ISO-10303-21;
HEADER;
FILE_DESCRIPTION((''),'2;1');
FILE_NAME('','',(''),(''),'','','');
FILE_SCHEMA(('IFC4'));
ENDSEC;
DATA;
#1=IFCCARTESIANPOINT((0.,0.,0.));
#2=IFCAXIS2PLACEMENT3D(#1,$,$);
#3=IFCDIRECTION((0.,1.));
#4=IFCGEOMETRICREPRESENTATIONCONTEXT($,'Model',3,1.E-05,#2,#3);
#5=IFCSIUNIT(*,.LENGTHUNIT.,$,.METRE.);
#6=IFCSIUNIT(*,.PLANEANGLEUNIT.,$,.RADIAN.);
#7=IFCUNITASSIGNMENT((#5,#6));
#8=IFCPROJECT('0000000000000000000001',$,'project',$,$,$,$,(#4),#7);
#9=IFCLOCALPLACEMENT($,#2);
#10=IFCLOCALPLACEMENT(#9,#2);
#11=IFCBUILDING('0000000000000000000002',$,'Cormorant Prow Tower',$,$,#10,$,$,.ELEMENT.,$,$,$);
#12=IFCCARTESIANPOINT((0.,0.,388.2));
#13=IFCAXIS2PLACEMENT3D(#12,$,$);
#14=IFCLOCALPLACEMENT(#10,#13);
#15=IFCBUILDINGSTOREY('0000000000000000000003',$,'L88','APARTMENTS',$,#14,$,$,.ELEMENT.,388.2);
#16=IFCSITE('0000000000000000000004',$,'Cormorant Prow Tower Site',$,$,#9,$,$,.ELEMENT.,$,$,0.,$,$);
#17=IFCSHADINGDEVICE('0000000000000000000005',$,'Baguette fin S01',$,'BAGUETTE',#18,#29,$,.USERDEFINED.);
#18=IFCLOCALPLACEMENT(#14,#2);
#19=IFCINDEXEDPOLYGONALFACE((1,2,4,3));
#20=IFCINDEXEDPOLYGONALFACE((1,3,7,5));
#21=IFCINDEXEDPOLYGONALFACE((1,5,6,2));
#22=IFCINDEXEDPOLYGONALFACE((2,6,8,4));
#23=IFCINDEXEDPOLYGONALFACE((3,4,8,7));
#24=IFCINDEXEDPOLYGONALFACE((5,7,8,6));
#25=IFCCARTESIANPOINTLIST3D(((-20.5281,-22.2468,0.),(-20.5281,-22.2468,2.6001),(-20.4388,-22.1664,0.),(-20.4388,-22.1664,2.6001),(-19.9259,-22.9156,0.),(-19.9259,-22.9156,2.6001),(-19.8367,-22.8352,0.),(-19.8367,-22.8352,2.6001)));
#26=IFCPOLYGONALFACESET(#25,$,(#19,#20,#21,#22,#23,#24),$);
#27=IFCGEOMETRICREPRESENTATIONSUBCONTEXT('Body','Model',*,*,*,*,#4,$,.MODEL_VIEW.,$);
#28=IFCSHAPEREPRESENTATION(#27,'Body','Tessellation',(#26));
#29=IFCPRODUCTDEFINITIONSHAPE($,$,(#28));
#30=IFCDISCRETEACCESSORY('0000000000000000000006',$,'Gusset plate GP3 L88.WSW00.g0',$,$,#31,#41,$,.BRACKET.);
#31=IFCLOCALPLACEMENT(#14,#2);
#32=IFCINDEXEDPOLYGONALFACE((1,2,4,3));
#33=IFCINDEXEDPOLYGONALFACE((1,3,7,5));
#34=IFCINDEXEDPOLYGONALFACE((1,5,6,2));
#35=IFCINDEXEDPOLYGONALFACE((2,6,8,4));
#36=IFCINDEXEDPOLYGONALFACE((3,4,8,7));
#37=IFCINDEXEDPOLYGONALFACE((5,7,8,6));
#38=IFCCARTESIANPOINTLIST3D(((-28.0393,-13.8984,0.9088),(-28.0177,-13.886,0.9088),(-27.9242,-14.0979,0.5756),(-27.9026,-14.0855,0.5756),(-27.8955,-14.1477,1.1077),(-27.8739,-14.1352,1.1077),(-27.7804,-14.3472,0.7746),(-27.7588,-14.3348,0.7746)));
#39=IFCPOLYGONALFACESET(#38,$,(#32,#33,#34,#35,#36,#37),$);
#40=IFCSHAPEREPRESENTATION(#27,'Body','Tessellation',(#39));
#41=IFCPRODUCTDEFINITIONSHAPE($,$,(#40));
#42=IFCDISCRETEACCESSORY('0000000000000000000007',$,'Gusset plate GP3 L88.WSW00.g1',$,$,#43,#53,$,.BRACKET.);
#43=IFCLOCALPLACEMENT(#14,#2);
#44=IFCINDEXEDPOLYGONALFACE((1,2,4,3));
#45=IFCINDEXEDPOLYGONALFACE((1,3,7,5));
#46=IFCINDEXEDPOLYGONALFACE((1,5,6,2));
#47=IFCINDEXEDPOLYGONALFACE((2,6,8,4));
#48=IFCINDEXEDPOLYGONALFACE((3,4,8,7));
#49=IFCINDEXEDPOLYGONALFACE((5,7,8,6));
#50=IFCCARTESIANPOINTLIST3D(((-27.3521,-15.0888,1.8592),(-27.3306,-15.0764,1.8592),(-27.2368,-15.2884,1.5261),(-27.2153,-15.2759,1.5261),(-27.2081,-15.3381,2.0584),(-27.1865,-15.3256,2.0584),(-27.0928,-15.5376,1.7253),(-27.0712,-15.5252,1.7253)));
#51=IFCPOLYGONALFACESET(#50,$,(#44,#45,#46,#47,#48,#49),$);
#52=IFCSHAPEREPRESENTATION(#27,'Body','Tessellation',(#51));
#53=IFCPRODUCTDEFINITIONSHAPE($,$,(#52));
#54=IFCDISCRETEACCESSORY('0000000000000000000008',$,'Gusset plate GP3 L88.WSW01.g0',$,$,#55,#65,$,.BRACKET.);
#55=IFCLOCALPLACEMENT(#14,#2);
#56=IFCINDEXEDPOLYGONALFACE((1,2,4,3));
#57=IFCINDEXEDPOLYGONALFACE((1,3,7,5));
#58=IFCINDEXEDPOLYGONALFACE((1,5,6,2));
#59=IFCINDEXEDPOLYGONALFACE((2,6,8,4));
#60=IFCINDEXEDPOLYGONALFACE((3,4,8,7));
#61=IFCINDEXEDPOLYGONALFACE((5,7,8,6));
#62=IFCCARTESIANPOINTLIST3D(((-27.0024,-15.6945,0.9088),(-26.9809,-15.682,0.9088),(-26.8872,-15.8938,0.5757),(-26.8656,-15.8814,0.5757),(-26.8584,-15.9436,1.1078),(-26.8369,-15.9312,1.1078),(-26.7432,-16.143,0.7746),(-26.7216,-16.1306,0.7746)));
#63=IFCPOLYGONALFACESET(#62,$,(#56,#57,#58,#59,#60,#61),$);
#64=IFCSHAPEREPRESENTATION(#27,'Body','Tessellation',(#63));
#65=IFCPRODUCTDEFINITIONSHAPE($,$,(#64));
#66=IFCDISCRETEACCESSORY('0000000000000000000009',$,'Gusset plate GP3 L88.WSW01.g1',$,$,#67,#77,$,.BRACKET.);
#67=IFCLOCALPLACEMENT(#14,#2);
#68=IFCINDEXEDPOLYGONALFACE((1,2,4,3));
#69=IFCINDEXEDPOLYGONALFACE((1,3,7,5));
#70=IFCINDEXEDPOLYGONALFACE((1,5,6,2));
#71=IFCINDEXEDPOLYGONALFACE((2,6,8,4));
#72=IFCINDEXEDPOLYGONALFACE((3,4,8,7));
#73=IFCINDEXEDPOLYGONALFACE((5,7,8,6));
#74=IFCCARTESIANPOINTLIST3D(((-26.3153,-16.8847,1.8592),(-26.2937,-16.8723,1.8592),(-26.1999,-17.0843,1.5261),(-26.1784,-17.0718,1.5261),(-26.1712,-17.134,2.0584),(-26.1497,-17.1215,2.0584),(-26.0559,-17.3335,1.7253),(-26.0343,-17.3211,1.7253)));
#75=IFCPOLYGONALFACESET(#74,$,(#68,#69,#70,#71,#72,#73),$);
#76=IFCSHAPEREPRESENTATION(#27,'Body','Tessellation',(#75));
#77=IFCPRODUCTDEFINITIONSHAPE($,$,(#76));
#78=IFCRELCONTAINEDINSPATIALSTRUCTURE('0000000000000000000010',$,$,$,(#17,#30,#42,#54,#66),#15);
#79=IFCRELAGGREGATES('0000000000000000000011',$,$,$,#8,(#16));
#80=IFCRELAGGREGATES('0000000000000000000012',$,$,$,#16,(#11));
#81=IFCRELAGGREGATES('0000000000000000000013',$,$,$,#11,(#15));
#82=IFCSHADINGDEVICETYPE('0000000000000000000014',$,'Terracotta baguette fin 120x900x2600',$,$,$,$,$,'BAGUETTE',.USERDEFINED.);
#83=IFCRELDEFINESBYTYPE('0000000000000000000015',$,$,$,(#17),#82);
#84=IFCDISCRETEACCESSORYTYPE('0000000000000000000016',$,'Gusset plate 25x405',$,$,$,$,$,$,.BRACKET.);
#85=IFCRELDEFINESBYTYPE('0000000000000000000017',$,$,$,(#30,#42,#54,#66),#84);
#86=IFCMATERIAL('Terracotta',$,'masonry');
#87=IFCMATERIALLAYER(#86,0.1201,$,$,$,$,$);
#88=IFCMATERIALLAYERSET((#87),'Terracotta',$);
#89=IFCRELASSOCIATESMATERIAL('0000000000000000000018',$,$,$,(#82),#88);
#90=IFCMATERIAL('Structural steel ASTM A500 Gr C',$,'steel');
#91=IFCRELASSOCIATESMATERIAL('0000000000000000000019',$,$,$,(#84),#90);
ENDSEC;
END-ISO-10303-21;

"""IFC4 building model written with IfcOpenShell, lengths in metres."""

from ifc_helpers import new_model, si_unit, direction, frame, origin, origin_2d, place, context, subcontext, project, spatial, rectangle, extrude, material, layer, layer_set, material_profile, profile_set, type_object, element, save


model = new_model("IFC4")

# Units and contexts
model_context = context("Model", 3, precision=1e-05, world=origin(), true_north=direction((0.0, 1.0)))
body_context = subcontext(model_context, "Body", "Model", "MODEL_VIEW")
ifc_project = project(units=[si_unit("LENGTHUNIT", "METRE"), si_unit("PLANEANGLEUNIT", "RADIAN")], contexts=[model_context])

# Site, building, storey
site_placement = place(None, origin())
site = spatial("IfcSite", under=ifc_project, at=site_placement, Name="Cormorant Prow Tower Site", CompositionType="ELEMENT", RefElevation=0.0)
building_placement = place(site_placement, origin())
building = spatial("IfcBuilding", under=site, at=building_placement, Name="Cormorant Prow Tower", CompositionType="ELEMENT")
storey_placement = place(building_placement, frame((0.0, 0.0, 388.2)))
storey = spatial("IfcBuildingStorey", under=building, at=storey_placement, Name="L88", Description="APARTMENTS", CompositionType="ELEMENT", Elevation=388.2)

# Shading device
ifc_material_1 = material(Name="Terracotta", Category="masonry")
ifc_layer_1 = layer(ifc_material_1, 0.1201)
ifc_layer_set_1 = layer_set([ifc_layer_1], Name="Terracotta")
shading_device_type = type_object("IfcShadingDeviceType", Name="Terracotta baguette fin 120x900x2600", ElementType="BAGUETTE", PredefinedType="USERDEFINED", material=ifc_layer_set_1)
shading_device_placement = place(storey_placement, frame((-20.1824, -22.541, 0.0), z_axis=(0.0, 0.0, 1.0), x_axis=(0.743145, 0.669131, 0.0)))
element("IfcShadingDevice", 1, at=shading_device_placement, inside=storey, type_object=shading_device_type, Name="Baguette fin S01", ObjectType="BAGUETTE", PredefinedType="USERDEFINED", context=body_context, shape_type="SweptSolid", body=[
    extrude(rectangle(XDim=0.1201, YDim=0.8999, at=origin_2d()), origin(), (0.0, 0.0, 1.0), 2.6001),
])

# Discrete accessories
ifc_material_2 = material(Name="Structural steel ASTM A500 Gr C", Category="steel")
ifc_material_profile_1 = material_profile(ifc_material_2, rectangle(XDim=0.0249, YDim=0.405, at=origin_2d()), Name="Gusset plate 25x405")
ifc_profile_set_1 = profile_set([ifc_material_profile_1], Name="Structural steel ASTM A500 Gr C")
discrete_accessory_type = type_object("IfcDiscreteAccessoryType", Name="Gusset plate 25x405", PredefinedType="BRACKET", material=ifc_profile_set_1)
discrete_accessory_1_placement = place(storey_placement, frame((-27.8271, -14.2412, 0.9412), z_axis=(-0.411016, 0.712474, -0.568723), x_axis=(-0.8662, -0.499698, 0.0)))
element("IfcDiscreteAccessory", 2, at=discrete_accessory_1_placement, inside=storey, type_object=discrete_accessory_type, Name="Gusset plate GP3 L88.WSW00.g0", PredefinedType="BRACKET", context=body_context, shape_type="SweptSolid", body=[
    extrude(rectangle(XDim=0.0249, YDim=0.405, at=origin_2d()), origin(), (0.0, 0.0, 1.0), 0.3499),
])
discrete_accessory_2_placement = place(storey_placement, frame((-27.2837, -15.1824, 1.6926), z_axis=(0.411432, -0.711987, 0.569032), x_axis=(0.865832, 0.500334, 0.0)))
element("IfcDiscreteAccessory", 3, at=discrete_accessory_2_placement, inside=storey, type_object=discrete_accessory_type, Name="Gusset plate GP3 L88.WSW00.g1", PredefinedType="BRACKET", context=body_context, shape_type="SweptSolid", body=[
    extrude(rectangle(XDim=0.0249, YDim=0.405, at=origin_2d()), origin(), (0.0, 0.0, 1.0), 0.3501),
])
discrete_accessory_3_placement = place(storey_placement, frame((-26.79, -16.0371, 0.9412), z_axis=(-0.411596, 0.71227, -0.56856), x_axis=(-0.865832, -0.500334, 0.0)))
element("IfcDiscreteAccessory", 4, at=discrete_accessory_3_placement, inside=storey, type_object=discrete_accessory_type, Name="Gusset plate GP3 L88.WSW01.g0", PredefinedType="BRACKET", context=body_context, shape_type="SweptSolid", body=[
    extrude(rectangle(XDim=0.0249, YDim=0.405, at=origin_2d()), origin(), (0.0, 0.0, 1.0), 0.3499),
])
discrete_accessory_4_placement = place(storey_placement, frame((-26.2468, -16.9783, 1.6926), z_axis=(0.411432, -0.711987, 0.569032), x_axis=(0.865832, 0.500334, 0.0)))
element("IfcDiscreteAccessory", 5, at=discrete_accessory_4_placement, inside=storey, type_object=discrete_accessory_type, Name="Gusset plate GP3 L88.WSW01.g1", PredefinedType="BRACKET", context=body_context, shape_type="SweptSolid", body=[
    extrude(rectangle(XDim=0.0249, YDim=0.405, at=origin_2d()), origin(), (0.0, 0.0, 1.0), 0.3501),
])

save(model, "model.ifc")
